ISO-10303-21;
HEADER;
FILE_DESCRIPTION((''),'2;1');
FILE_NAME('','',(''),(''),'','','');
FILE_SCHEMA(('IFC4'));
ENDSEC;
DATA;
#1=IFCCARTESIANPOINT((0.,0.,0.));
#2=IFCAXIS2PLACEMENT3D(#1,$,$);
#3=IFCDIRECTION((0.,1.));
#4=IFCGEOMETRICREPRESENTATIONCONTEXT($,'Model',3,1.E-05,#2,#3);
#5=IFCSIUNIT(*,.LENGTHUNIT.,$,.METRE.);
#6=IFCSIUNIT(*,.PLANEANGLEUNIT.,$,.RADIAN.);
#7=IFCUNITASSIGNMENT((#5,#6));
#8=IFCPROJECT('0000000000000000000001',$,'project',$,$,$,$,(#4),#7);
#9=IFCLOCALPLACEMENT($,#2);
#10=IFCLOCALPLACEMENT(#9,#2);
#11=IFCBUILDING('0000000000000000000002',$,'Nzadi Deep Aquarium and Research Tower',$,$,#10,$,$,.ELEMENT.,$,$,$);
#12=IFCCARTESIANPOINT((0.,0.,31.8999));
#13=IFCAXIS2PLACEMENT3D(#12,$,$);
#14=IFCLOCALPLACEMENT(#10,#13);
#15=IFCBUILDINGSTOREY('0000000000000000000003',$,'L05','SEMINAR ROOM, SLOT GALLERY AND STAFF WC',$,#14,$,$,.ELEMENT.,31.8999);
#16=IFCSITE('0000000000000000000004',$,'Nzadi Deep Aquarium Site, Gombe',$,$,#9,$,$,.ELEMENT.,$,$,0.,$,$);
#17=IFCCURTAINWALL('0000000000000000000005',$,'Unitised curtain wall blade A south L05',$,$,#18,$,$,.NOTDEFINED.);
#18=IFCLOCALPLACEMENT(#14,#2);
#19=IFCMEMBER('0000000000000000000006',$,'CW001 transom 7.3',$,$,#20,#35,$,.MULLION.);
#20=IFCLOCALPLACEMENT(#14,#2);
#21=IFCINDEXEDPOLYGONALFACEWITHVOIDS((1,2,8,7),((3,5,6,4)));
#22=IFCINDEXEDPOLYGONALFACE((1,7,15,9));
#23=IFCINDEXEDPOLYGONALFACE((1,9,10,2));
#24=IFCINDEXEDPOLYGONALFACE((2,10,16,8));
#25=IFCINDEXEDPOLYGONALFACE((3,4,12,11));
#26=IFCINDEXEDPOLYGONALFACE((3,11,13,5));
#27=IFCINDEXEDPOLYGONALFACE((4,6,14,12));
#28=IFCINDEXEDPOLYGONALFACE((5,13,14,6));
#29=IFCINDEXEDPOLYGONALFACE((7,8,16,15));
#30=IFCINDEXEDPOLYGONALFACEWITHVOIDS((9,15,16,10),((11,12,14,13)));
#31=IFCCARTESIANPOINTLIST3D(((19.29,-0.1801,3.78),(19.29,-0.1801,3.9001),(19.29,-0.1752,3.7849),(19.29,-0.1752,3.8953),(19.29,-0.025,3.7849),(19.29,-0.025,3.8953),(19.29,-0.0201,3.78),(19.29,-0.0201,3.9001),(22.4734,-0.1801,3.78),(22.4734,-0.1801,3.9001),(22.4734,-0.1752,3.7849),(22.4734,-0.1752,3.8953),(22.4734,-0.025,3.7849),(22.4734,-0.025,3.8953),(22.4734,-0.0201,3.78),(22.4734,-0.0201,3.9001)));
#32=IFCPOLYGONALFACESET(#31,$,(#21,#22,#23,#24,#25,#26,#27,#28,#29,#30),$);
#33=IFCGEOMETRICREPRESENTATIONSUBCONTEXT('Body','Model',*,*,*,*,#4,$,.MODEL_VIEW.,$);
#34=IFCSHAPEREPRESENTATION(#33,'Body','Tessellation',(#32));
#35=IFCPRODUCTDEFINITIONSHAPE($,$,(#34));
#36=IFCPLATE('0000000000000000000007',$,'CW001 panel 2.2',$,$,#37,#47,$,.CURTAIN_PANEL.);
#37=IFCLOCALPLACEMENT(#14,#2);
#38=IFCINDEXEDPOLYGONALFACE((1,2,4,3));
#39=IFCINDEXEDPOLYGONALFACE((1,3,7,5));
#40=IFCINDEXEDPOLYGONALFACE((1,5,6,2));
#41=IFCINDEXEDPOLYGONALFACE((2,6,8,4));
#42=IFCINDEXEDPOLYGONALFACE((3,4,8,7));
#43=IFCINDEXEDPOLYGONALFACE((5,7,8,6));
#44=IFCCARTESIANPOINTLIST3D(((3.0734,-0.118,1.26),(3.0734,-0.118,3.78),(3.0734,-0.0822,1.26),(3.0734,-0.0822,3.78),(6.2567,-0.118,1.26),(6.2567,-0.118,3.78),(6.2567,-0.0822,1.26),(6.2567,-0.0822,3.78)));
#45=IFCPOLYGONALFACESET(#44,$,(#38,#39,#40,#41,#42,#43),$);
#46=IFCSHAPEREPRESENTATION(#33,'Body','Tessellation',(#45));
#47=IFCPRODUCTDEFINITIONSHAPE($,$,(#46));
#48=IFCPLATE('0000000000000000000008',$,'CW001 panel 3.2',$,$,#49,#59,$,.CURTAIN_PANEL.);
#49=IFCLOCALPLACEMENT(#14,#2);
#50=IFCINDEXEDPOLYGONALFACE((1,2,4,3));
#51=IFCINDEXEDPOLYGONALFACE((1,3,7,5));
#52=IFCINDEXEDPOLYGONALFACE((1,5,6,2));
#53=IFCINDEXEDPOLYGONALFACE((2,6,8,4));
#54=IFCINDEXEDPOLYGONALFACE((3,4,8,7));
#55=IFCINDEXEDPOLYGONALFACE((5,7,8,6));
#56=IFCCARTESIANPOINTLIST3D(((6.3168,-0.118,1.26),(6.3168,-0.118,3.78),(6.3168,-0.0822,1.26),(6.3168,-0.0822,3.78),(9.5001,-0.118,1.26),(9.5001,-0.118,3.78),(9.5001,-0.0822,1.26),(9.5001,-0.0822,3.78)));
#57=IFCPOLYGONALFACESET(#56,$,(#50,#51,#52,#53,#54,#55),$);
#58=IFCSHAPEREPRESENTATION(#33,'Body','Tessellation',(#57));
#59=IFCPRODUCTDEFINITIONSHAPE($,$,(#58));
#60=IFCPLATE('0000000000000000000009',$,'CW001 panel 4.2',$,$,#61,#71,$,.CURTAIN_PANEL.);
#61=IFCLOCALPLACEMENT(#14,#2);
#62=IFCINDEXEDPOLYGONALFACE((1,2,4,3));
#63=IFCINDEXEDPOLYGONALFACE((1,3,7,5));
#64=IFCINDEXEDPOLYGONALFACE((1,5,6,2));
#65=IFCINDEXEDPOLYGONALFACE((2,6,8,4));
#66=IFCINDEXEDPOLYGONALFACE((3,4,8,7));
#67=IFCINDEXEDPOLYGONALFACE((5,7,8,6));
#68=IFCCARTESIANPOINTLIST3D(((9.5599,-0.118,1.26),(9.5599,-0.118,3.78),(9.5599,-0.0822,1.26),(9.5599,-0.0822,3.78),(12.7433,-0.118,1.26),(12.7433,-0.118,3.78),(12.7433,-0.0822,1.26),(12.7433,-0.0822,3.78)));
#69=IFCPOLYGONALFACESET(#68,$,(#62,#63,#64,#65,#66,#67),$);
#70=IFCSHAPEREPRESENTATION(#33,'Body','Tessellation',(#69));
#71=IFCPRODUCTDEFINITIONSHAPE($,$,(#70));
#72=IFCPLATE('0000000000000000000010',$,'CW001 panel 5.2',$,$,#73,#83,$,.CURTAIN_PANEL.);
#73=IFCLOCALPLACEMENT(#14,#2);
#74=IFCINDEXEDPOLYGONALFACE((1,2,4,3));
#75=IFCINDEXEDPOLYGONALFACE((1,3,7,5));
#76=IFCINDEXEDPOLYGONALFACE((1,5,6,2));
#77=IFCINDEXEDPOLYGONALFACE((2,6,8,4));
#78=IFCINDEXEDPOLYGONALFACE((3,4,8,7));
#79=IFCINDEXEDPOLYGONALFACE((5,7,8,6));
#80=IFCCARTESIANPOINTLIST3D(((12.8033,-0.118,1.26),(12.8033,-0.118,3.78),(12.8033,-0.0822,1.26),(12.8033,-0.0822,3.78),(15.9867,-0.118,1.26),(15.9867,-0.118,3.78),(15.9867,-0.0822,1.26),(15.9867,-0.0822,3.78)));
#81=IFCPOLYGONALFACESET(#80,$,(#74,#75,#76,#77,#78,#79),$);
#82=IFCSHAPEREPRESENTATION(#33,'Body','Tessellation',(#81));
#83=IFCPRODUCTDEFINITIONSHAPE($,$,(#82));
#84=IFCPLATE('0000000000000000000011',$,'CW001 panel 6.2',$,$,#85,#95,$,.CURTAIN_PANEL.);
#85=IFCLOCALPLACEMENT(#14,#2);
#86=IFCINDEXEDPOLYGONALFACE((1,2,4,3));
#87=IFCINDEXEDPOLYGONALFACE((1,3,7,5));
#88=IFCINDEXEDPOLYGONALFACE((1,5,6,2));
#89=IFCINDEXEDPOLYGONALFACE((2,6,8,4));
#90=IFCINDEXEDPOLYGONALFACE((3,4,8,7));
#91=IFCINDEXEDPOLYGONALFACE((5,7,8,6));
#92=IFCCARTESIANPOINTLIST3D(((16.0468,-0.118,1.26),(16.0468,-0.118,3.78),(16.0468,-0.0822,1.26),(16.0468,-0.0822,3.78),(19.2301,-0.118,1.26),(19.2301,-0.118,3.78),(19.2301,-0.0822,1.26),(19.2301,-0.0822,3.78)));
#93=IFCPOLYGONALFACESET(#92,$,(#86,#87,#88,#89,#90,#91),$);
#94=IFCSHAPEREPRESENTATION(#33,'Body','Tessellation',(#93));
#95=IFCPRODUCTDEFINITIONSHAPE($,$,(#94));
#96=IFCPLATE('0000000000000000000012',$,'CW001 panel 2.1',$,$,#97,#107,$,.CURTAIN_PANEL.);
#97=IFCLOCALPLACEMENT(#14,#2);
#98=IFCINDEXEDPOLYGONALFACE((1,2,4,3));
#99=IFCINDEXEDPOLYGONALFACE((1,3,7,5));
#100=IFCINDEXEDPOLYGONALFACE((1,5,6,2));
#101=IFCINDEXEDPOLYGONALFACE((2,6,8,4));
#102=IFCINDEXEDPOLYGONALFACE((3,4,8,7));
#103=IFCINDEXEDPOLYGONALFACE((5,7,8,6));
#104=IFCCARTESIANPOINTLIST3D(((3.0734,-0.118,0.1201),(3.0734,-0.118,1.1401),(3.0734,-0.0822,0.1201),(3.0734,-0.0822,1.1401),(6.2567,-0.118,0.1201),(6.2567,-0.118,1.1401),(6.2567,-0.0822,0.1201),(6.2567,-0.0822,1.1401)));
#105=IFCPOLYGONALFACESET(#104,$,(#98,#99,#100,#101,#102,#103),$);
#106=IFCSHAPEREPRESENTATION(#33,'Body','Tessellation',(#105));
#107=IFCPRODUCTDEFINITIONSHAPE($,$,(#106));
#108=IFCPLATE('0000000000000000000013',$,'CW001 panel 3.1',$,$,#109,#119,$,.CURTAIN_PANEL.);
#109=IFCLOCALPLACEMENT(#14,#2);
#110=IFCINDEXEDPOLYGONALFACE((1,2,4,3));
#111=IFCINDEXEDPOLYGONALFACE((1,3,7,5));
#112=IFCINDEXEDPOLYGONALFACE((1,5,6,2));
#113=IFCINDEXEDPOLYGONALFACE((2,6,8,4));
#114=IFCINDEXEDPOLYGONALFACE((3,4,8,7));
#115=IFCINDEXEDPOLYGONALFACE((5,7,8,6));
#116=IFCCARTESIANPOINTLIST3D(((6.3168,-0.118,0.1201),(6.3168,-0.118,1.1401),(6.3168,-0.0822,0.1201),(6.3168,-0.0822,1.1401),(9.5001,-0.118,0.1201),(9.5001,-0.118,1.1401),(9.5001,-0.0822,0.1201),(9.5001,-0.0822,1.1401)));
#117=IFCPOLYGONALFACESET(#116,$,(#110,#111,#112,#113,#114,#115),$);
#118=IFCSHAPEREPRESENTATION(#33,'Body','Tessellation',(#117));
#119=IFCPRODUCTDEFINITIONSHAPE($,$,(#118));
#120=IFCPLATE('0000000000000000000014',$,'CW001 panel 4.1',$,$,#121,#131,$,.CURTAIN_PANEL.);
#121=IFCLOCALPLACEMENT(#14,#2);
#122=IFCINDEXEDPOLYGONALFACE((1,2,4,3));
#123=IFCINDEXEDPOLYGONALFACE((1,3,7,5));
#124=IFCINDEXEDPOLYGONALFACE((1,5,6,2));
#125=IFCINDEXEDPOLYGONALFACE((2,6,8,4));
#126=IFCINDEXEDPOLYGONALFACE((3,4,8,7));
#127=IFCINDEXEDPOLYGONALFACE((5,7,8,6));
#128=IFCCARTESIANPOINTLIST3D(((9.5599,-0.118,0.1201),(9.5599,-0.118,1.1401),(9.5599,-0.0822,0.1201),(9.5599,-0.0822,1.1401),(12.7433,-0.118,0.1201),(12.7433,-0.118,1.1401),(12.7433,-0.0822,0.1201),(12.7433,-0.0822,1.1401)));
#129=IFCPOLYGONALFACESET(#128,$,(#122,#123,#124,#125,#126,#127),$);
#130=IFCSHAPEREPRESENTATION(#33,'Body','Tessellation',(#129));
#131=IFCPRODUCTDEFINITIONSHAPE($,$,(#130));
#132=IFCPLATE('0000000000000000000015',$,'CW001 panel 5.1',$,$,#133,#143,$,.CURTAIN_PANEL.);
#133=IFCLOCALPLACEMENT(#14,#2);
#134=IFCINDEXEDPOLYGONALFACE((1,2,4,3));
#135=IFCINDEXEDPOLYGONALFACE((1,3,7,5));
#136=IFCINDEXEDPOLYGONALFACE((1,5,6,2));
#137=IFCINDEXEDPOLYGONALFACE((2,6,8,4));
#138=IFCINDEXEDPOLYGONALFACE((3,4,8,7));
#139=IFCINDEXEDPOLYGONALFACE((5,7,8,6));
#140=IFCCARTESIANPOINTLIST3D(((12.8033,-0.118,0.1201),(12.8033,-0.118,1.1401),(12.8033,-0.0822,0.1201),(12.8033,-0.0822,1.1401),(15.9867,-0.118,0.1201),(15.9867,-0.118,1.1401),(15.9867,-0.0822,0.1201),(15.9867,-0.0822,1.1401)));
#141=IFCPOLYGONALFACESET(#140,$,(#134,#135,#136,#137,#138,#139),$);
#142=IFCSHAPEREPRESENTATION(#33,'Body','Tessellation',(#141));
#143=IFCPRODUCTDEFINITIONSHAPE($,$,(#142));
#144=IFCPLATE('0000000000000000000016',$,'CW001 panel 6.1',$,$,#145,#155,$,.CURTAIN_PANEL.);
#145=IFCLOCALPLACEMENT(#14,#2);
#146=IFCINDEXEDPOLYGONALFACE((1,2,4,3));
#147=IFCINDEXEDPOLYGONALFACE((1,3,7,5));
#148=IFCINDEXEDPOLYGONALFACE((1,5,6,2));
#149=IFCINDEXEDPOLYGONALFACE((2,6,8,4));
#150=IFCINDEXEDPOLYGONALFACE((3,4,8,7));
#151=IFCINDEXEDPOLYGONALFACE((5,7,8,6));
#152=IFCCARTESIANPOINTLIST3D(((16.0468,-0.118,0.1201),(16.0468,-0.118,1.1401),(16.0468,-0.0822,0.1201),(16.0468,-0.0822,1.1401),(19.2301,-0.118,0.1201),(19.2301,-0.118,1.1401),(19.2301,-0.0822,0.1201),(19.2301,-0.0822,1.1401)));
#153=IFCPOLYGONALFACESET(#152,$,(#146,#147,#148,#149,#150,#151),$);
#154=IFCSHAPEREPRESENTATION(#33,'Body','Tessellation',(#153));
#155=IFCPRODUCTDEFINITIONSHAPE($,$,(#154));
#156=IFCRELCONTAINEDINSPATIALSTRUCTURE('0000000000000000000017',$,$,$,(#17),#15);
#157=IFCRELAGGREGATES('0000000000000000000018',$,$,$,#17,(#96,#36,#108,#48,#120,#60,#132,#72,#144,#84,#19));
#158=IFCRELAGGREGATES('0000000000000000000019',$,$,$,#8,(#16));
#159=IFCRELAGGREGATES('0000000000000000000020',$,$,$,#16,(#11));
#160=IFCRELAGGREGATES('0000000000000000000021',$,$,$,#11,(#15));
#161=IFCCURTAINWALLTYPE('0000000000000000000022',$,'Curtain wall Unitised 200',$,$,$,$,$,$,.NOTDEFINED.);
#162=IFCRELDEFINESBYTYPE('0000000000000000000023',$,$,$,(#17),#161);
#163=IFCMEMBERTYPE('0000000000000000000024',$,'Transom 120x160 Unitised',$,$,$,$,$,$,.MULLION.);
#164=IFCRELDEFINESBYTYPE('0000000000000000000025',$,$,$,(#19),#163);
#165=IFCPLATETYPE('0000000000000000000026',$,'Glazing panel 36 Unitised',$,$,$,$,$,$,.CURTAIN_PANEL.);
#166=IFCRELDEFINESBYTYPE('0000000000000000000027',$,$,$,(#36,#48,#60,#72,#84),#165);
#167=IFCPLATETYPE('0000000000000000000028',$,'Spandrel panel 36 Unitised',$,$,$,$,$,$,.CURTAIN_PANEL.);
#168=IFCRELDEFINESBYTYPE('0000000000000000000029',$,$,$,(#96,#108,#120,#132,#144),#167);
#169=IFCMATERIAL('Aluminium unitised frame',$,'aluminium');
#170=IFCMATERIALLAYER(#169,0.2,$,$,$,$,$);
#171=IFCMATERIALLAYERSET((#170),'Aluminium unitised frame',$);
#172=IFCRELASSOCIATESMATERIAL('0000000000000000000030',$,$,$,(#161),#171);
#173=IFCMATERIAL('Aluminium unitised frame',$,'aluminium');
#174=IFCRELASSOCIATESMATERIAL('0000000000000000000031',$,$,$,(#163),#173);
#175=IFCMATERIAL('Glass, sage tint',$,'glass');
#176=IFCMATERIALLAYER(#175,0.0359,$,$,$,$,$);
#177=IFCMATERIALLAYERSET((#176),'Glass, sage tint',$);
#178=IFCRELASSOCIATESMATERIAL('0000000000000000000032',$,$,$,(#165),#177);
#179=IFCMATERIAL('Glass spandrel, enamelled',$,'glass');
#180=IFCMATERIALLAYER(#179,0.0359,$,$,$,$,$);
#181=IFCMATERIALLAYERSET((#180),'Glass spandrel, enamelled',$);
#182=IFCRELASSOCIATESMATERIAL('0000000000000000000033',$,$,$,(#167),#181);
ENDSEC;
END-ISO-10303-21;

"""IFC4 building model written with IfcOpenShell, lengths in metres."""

from ifc_helpers import new_model, si_unit, direction, frame, origin, origin_2d, place, context, subcontext, project, spatial, rectangle, hollow_rectangle, extrude, material, layer, layer_set, material_profile, profile_set, type_object, element, aggregate, save


model = new_model("IFC4")

# Units and contexts
model_context = context("Model", 3, precision=1e-05, world=origin(), true_north=direction((0.0, 1.0)))
body_context = subcontext(model_context, "Body", "Model", "MODEL_VIEW")
ifc_project = project(units=[si_unit("LENGTHUNIT", "METRE"), si_unit("PLANEANGLEUNIT", "RADIAN")], contexts=[model_context])

# Site, building, storey
site_placement = place(None, origin())
site = spatial("IfcSite", under=ifc_project, at=site_placement, Name="Nzadi Deep Aquarium Site, Gombe", CompositionType="ELEMENT", RefElevation=0.0)
building_placement = place(site_placement, origin())
building = spatial("IfcBuilding", under=site, at=building_placement, Name="Nzadi Deep Aquarium and Research Tower", CompositionType="ELEMENT")
storey_placement = place(building_placement, frame((0.0, 0.0, 31.8999)))
storey = spatial("IfcBuildingStorey", under=building, at=storey_placement, Name="L05", Description="SEMINAR ROOM, SLOT GALLERY AND STAFF WC", CompositionType="ELEMENT", Elevation=31.8999)

# Curtain wall
ifc_material_1 = material(Name="Aluminium unitised frame", Category="aluminium")
ifc_layer_1 = layer(ifc_material_1, 0.2)
ifc_layer_set_1 = layer_set([ifc_layer_1], Name="Aluminium unitised frame")
curtain_wall_type = type_object("IfcCurtainWallType", Name="Curtain wall Unitised 200", PredefinedType="NOTDEFINED", material=ifc_layer_set_1)
curtain_wall_placement = place(storey_placement, origin())
curtain_wall = element("IfcCurtainWall", 1, at=curtain_wall_placement, inside=storey, type_object=curtain_wall_type, Name="Unitised curtain wall blade A south L05", PredefinedType="NOTDEFINED")

# Member
ifc_material_2 = material(Name="Aluminium unitised frame", Category="aluminium")
ifc_material_profile_1 = material_profile(ifc_material_2, hollow_rectangle(XDim=0.1599, YDim=0.1201, WallThickness=0.0049, at=origin_2d()))
ifc_profile_set_1 = profile_set([ifc_material_profile_1], Name="Aluminium unitised frame")
member_type_1 = type_object("IfcMemberType", Name="Transom 120x160 Unitised", PredefinedType="MULLION", material=ifc_profile_set_1)
member_1_placement = place(storey_placement, frame((19.29, -0.1001, 3.8401), z_axis=(1.0, 0.0, 0.0), x_axis=(0.0, 1.0, 0.0)))
member_1 = element("IfcMember", 2, at=member_1_placement, type_object=member_type_1, Name="CW001 transom 7.3", PredefinedType="MULLION", context=body_context, shape_type="SweptSolid", body=[
    extrude(hollow_rectangle(XDim=0.1599, YDim=0.1201, WallThickness=0.0049, at=origin_2d()), origin(), (0.0, 0.0, 1.0), 3.1833),
])

# Plates
ifc_material_3 = material(Name="Glass, sage tint", Category="glass")
ifc_layer_2 = layer(ifc_material_3, 0.0359)
ifc_layer_set_2 = layer_set([ifc_layer_2], Name="Glass, sage tint")
plate_type_1 = type_object("IfcPlateType", Name="Glazing panel 36 Unitised", PredefinedType="CURTAIN_PANEL", material=ifc_layer_set_2)
plate_1_placement = place(storey_placement, frame((4.665, -0.1001, 1.26), z_axis=(0.0, 0.0, 1.0), x_axis=(1.0, 0.0, 0.0)))
plate_1 = element("IfcPlate", 3, at=plate_1_placement, type_object=plate_type_1, Name="CW001 panel 2.2", PredefinedType="CURTAIN_PANEL", context=body_context, shape_type="SweptSolid", body=[
    extrude(rectangle(XDim=3.1833, YDim=0.0359, at=origin_2d()), origin(), (0.0, 0.0, 1.0), 2.52),
])
plate_2_placement = place(storey_placement, frame((7.9084, -0.1001, 1.26), z_axis=(0.0, 0.0, 1.0), x_axis=(1.0, 0.0, 0.0)))
plate_2 = element("IfcPlate", 4, at=plate_2_placement, type_object=plate_type_1, Name="CW001 panel 3.2", PredefinedType="CURTAIN_PANEL", context=body_context, shape_type="SweptSolid", body=[
    extrude(rectangle(XDim=3.1833, YDim=0.0359, at=origin_2d()), origin(), (0.0, 0.0, 1.0), 2.52),
])
plate_3_placement = place(storey_placement, frame((11.1516, -0.1001, 1.26), z_axis=(0.0, 0.0, 1.0), x_axis=(1.0, 0.0, 0.0)))
plate_3 = element("IfcPlate", 5, at=plate_3_placement, type_object=plate_type_1, Name="CW001 panel 4.2", PredefinedType="CURTAIN_PANEL", context=body_context, shape_type="SweptSolid", body=[
    extrude(rectangle(XDim=3.1833, YDim=0.0359, at=origin_2d()), origin(), (0.0, 0.0, 1.0), 2.52),
])
plate_4_placement = place(storey_placement, frame((14.395, -0.1001, 1.26), z_axis=(0.0, 0.0, 1.0), x_axis=(1.0, 0.0, 0.0)))
plate_4 = element("IfcPlate", 6, at=plate_4_placement, type_object=plate_type_1, Name="CW001 panel 5.2", PredefinedType="CURTAIN_PANEL", context=body_context, shape_type="SweptSolid", body=[
    extrude(rectangle(XDim=3.1833, YDim=0.0359, at=origin_2d()), origin(), (0.0, 0.0, 1.0), 2.52),
])
plate_5_placement = place(storey_placement, frame((17.6384, -0.1001, 1.26), z_axis=(0.0, 0.0, 1.0), x_axis=(1.0, 0.0, 0.0)))
plate_5 = element("IfcPlate", 7, at=plate_5_placement, type_object=plate_type_1, Name="CW001 panel 6.2", PredefinedType="CURTAIN_PANEL", context=body_context, shape_type="SweptSolid", body=[
    extrude(rectangle(XDim=3.1833, YDim=0.0359, at=origin_2d()), origin(), (0.0, 0.0, 1.0), 2.52),
])
ifc_material_4 = material(Name="Glass spandrel, enamelled", Category="glass")
ifc_layer_3 = layer(ifc_material_4, 0.0359)
ifc_layer_set_3 = layer_set([ifc_layer_3], Name="Glass spandrel, enamelled")
plate_type_2 = type_object("IfcPlateType", Name="Spandrel panel 36 Unitised", PredefinedType="CURTAIN_PANEL", material=ifc_layer_set_3)
plate_6_placement = place(storey_placement, frame((4.665, -0.1001, 0.1201), z_axis=(0.0, 0.0, 1.0), x_axis=(1.0, 0.0, 0.0)))
plate_6 = element("IfcPlate", 8, at=plate_6_placement, type_object=plate_type_2, Name="CW001 panel 2.1", PredefinedType="CURTAIN_PANEL", context=body_context, shape_type="SweptSolid", body=[
    extrude(rectangle(XDim=3.1833, YDim=0.0359, at=origin_2d()), origin(), (0.0, 0.0, 1.0), 1.02),
])
plate_7_placement = place(storey_placement, frame((7.9084, -0.1001, 0.1201), z_axis=(0.0, 0.0, 1.0), x_axis=(1.0, 0.0, 0.0)))
plate_7 = element("IfcPlate", 9, at=plate_7_placement, type_object=plate_type_2, Name="CW001 panel 3.1", PredefinedType="CURTAIN_PANEL", context=body_context, shape_type="SweptSolid", body=[
    extrude(rectangle(XDim=3.1833, YDim=0.0359, at=origin_2d()), origin(), (0.0, 0.0, 1.0), 1.02),
])
plate_8_placement = place(storey_placement, frame((11.1516, -0.1001, 0.1201), z_axis=(0.0, 0.0, 1.0), x_axis=(1.0, 0.0, 0.0)))
plate_8 = element("IfcPlate", 10, at=plate_8_placement, type_object=plate_type_2, Name="CW001 panel 4.1", PredefinedType="CURTAIN_PANEL", context=body_context, shape_type="SweptSolid", body=[
    extrude(rectangle(XDim=3.1833, YDim=0.0359, at=origin_2d()), origin(), (0.0, 0.0, 1.0), 1.02),
])
plate_9_placement = place(storey_placement, frame((14.395, -0.1001, 0.1201), z_axis=(0.0, 0.0, 1.0), x_axis=(1.0, 0.0, 0.0)))
plate_9 = element("IfcPlate", 11, at=plate_9_placement, type_object=plate_type_2, Name="CW001 panel 5.1", PredefinedType="CURTAIN_PANEL", context=body_context, shape_type="SweptSolid", body=[
    extrude(rectangle(XDim=3.1833, YDim=0.0359, at=origin_2d()), origin(), (0.0, 0.0, 1.0), 1.02),
])
plate_10_placement = place(storey_placement, frame((17.6384, -0.1001, 0.1201), z_axis=(0.0, 0.0, 1.0), x_axis=(1.0, 0.0, 0.0)))
plate_10 = element("IfcPlate", 12, at=plate_10_placement, type_object=plate_type_2, Name="CW001 panel 6.1", PredefinedType="CURTAIN_PANEL", context=body_context, shape_type="SweptSolid", body=[
    extrude(rectangle(XDim=3.1833, YDim=0.0359, at=origin_2d()), origin(), (0.0, 0.0, 1.0), 1.02),
])
aggregate(curtain_wall, [plate_6, plate_1, plate_7, plate_2, plate_8, plate_3, plate_9, plate_4, plate_10, plate_5, member_1])

save(model, "model.ifc")
